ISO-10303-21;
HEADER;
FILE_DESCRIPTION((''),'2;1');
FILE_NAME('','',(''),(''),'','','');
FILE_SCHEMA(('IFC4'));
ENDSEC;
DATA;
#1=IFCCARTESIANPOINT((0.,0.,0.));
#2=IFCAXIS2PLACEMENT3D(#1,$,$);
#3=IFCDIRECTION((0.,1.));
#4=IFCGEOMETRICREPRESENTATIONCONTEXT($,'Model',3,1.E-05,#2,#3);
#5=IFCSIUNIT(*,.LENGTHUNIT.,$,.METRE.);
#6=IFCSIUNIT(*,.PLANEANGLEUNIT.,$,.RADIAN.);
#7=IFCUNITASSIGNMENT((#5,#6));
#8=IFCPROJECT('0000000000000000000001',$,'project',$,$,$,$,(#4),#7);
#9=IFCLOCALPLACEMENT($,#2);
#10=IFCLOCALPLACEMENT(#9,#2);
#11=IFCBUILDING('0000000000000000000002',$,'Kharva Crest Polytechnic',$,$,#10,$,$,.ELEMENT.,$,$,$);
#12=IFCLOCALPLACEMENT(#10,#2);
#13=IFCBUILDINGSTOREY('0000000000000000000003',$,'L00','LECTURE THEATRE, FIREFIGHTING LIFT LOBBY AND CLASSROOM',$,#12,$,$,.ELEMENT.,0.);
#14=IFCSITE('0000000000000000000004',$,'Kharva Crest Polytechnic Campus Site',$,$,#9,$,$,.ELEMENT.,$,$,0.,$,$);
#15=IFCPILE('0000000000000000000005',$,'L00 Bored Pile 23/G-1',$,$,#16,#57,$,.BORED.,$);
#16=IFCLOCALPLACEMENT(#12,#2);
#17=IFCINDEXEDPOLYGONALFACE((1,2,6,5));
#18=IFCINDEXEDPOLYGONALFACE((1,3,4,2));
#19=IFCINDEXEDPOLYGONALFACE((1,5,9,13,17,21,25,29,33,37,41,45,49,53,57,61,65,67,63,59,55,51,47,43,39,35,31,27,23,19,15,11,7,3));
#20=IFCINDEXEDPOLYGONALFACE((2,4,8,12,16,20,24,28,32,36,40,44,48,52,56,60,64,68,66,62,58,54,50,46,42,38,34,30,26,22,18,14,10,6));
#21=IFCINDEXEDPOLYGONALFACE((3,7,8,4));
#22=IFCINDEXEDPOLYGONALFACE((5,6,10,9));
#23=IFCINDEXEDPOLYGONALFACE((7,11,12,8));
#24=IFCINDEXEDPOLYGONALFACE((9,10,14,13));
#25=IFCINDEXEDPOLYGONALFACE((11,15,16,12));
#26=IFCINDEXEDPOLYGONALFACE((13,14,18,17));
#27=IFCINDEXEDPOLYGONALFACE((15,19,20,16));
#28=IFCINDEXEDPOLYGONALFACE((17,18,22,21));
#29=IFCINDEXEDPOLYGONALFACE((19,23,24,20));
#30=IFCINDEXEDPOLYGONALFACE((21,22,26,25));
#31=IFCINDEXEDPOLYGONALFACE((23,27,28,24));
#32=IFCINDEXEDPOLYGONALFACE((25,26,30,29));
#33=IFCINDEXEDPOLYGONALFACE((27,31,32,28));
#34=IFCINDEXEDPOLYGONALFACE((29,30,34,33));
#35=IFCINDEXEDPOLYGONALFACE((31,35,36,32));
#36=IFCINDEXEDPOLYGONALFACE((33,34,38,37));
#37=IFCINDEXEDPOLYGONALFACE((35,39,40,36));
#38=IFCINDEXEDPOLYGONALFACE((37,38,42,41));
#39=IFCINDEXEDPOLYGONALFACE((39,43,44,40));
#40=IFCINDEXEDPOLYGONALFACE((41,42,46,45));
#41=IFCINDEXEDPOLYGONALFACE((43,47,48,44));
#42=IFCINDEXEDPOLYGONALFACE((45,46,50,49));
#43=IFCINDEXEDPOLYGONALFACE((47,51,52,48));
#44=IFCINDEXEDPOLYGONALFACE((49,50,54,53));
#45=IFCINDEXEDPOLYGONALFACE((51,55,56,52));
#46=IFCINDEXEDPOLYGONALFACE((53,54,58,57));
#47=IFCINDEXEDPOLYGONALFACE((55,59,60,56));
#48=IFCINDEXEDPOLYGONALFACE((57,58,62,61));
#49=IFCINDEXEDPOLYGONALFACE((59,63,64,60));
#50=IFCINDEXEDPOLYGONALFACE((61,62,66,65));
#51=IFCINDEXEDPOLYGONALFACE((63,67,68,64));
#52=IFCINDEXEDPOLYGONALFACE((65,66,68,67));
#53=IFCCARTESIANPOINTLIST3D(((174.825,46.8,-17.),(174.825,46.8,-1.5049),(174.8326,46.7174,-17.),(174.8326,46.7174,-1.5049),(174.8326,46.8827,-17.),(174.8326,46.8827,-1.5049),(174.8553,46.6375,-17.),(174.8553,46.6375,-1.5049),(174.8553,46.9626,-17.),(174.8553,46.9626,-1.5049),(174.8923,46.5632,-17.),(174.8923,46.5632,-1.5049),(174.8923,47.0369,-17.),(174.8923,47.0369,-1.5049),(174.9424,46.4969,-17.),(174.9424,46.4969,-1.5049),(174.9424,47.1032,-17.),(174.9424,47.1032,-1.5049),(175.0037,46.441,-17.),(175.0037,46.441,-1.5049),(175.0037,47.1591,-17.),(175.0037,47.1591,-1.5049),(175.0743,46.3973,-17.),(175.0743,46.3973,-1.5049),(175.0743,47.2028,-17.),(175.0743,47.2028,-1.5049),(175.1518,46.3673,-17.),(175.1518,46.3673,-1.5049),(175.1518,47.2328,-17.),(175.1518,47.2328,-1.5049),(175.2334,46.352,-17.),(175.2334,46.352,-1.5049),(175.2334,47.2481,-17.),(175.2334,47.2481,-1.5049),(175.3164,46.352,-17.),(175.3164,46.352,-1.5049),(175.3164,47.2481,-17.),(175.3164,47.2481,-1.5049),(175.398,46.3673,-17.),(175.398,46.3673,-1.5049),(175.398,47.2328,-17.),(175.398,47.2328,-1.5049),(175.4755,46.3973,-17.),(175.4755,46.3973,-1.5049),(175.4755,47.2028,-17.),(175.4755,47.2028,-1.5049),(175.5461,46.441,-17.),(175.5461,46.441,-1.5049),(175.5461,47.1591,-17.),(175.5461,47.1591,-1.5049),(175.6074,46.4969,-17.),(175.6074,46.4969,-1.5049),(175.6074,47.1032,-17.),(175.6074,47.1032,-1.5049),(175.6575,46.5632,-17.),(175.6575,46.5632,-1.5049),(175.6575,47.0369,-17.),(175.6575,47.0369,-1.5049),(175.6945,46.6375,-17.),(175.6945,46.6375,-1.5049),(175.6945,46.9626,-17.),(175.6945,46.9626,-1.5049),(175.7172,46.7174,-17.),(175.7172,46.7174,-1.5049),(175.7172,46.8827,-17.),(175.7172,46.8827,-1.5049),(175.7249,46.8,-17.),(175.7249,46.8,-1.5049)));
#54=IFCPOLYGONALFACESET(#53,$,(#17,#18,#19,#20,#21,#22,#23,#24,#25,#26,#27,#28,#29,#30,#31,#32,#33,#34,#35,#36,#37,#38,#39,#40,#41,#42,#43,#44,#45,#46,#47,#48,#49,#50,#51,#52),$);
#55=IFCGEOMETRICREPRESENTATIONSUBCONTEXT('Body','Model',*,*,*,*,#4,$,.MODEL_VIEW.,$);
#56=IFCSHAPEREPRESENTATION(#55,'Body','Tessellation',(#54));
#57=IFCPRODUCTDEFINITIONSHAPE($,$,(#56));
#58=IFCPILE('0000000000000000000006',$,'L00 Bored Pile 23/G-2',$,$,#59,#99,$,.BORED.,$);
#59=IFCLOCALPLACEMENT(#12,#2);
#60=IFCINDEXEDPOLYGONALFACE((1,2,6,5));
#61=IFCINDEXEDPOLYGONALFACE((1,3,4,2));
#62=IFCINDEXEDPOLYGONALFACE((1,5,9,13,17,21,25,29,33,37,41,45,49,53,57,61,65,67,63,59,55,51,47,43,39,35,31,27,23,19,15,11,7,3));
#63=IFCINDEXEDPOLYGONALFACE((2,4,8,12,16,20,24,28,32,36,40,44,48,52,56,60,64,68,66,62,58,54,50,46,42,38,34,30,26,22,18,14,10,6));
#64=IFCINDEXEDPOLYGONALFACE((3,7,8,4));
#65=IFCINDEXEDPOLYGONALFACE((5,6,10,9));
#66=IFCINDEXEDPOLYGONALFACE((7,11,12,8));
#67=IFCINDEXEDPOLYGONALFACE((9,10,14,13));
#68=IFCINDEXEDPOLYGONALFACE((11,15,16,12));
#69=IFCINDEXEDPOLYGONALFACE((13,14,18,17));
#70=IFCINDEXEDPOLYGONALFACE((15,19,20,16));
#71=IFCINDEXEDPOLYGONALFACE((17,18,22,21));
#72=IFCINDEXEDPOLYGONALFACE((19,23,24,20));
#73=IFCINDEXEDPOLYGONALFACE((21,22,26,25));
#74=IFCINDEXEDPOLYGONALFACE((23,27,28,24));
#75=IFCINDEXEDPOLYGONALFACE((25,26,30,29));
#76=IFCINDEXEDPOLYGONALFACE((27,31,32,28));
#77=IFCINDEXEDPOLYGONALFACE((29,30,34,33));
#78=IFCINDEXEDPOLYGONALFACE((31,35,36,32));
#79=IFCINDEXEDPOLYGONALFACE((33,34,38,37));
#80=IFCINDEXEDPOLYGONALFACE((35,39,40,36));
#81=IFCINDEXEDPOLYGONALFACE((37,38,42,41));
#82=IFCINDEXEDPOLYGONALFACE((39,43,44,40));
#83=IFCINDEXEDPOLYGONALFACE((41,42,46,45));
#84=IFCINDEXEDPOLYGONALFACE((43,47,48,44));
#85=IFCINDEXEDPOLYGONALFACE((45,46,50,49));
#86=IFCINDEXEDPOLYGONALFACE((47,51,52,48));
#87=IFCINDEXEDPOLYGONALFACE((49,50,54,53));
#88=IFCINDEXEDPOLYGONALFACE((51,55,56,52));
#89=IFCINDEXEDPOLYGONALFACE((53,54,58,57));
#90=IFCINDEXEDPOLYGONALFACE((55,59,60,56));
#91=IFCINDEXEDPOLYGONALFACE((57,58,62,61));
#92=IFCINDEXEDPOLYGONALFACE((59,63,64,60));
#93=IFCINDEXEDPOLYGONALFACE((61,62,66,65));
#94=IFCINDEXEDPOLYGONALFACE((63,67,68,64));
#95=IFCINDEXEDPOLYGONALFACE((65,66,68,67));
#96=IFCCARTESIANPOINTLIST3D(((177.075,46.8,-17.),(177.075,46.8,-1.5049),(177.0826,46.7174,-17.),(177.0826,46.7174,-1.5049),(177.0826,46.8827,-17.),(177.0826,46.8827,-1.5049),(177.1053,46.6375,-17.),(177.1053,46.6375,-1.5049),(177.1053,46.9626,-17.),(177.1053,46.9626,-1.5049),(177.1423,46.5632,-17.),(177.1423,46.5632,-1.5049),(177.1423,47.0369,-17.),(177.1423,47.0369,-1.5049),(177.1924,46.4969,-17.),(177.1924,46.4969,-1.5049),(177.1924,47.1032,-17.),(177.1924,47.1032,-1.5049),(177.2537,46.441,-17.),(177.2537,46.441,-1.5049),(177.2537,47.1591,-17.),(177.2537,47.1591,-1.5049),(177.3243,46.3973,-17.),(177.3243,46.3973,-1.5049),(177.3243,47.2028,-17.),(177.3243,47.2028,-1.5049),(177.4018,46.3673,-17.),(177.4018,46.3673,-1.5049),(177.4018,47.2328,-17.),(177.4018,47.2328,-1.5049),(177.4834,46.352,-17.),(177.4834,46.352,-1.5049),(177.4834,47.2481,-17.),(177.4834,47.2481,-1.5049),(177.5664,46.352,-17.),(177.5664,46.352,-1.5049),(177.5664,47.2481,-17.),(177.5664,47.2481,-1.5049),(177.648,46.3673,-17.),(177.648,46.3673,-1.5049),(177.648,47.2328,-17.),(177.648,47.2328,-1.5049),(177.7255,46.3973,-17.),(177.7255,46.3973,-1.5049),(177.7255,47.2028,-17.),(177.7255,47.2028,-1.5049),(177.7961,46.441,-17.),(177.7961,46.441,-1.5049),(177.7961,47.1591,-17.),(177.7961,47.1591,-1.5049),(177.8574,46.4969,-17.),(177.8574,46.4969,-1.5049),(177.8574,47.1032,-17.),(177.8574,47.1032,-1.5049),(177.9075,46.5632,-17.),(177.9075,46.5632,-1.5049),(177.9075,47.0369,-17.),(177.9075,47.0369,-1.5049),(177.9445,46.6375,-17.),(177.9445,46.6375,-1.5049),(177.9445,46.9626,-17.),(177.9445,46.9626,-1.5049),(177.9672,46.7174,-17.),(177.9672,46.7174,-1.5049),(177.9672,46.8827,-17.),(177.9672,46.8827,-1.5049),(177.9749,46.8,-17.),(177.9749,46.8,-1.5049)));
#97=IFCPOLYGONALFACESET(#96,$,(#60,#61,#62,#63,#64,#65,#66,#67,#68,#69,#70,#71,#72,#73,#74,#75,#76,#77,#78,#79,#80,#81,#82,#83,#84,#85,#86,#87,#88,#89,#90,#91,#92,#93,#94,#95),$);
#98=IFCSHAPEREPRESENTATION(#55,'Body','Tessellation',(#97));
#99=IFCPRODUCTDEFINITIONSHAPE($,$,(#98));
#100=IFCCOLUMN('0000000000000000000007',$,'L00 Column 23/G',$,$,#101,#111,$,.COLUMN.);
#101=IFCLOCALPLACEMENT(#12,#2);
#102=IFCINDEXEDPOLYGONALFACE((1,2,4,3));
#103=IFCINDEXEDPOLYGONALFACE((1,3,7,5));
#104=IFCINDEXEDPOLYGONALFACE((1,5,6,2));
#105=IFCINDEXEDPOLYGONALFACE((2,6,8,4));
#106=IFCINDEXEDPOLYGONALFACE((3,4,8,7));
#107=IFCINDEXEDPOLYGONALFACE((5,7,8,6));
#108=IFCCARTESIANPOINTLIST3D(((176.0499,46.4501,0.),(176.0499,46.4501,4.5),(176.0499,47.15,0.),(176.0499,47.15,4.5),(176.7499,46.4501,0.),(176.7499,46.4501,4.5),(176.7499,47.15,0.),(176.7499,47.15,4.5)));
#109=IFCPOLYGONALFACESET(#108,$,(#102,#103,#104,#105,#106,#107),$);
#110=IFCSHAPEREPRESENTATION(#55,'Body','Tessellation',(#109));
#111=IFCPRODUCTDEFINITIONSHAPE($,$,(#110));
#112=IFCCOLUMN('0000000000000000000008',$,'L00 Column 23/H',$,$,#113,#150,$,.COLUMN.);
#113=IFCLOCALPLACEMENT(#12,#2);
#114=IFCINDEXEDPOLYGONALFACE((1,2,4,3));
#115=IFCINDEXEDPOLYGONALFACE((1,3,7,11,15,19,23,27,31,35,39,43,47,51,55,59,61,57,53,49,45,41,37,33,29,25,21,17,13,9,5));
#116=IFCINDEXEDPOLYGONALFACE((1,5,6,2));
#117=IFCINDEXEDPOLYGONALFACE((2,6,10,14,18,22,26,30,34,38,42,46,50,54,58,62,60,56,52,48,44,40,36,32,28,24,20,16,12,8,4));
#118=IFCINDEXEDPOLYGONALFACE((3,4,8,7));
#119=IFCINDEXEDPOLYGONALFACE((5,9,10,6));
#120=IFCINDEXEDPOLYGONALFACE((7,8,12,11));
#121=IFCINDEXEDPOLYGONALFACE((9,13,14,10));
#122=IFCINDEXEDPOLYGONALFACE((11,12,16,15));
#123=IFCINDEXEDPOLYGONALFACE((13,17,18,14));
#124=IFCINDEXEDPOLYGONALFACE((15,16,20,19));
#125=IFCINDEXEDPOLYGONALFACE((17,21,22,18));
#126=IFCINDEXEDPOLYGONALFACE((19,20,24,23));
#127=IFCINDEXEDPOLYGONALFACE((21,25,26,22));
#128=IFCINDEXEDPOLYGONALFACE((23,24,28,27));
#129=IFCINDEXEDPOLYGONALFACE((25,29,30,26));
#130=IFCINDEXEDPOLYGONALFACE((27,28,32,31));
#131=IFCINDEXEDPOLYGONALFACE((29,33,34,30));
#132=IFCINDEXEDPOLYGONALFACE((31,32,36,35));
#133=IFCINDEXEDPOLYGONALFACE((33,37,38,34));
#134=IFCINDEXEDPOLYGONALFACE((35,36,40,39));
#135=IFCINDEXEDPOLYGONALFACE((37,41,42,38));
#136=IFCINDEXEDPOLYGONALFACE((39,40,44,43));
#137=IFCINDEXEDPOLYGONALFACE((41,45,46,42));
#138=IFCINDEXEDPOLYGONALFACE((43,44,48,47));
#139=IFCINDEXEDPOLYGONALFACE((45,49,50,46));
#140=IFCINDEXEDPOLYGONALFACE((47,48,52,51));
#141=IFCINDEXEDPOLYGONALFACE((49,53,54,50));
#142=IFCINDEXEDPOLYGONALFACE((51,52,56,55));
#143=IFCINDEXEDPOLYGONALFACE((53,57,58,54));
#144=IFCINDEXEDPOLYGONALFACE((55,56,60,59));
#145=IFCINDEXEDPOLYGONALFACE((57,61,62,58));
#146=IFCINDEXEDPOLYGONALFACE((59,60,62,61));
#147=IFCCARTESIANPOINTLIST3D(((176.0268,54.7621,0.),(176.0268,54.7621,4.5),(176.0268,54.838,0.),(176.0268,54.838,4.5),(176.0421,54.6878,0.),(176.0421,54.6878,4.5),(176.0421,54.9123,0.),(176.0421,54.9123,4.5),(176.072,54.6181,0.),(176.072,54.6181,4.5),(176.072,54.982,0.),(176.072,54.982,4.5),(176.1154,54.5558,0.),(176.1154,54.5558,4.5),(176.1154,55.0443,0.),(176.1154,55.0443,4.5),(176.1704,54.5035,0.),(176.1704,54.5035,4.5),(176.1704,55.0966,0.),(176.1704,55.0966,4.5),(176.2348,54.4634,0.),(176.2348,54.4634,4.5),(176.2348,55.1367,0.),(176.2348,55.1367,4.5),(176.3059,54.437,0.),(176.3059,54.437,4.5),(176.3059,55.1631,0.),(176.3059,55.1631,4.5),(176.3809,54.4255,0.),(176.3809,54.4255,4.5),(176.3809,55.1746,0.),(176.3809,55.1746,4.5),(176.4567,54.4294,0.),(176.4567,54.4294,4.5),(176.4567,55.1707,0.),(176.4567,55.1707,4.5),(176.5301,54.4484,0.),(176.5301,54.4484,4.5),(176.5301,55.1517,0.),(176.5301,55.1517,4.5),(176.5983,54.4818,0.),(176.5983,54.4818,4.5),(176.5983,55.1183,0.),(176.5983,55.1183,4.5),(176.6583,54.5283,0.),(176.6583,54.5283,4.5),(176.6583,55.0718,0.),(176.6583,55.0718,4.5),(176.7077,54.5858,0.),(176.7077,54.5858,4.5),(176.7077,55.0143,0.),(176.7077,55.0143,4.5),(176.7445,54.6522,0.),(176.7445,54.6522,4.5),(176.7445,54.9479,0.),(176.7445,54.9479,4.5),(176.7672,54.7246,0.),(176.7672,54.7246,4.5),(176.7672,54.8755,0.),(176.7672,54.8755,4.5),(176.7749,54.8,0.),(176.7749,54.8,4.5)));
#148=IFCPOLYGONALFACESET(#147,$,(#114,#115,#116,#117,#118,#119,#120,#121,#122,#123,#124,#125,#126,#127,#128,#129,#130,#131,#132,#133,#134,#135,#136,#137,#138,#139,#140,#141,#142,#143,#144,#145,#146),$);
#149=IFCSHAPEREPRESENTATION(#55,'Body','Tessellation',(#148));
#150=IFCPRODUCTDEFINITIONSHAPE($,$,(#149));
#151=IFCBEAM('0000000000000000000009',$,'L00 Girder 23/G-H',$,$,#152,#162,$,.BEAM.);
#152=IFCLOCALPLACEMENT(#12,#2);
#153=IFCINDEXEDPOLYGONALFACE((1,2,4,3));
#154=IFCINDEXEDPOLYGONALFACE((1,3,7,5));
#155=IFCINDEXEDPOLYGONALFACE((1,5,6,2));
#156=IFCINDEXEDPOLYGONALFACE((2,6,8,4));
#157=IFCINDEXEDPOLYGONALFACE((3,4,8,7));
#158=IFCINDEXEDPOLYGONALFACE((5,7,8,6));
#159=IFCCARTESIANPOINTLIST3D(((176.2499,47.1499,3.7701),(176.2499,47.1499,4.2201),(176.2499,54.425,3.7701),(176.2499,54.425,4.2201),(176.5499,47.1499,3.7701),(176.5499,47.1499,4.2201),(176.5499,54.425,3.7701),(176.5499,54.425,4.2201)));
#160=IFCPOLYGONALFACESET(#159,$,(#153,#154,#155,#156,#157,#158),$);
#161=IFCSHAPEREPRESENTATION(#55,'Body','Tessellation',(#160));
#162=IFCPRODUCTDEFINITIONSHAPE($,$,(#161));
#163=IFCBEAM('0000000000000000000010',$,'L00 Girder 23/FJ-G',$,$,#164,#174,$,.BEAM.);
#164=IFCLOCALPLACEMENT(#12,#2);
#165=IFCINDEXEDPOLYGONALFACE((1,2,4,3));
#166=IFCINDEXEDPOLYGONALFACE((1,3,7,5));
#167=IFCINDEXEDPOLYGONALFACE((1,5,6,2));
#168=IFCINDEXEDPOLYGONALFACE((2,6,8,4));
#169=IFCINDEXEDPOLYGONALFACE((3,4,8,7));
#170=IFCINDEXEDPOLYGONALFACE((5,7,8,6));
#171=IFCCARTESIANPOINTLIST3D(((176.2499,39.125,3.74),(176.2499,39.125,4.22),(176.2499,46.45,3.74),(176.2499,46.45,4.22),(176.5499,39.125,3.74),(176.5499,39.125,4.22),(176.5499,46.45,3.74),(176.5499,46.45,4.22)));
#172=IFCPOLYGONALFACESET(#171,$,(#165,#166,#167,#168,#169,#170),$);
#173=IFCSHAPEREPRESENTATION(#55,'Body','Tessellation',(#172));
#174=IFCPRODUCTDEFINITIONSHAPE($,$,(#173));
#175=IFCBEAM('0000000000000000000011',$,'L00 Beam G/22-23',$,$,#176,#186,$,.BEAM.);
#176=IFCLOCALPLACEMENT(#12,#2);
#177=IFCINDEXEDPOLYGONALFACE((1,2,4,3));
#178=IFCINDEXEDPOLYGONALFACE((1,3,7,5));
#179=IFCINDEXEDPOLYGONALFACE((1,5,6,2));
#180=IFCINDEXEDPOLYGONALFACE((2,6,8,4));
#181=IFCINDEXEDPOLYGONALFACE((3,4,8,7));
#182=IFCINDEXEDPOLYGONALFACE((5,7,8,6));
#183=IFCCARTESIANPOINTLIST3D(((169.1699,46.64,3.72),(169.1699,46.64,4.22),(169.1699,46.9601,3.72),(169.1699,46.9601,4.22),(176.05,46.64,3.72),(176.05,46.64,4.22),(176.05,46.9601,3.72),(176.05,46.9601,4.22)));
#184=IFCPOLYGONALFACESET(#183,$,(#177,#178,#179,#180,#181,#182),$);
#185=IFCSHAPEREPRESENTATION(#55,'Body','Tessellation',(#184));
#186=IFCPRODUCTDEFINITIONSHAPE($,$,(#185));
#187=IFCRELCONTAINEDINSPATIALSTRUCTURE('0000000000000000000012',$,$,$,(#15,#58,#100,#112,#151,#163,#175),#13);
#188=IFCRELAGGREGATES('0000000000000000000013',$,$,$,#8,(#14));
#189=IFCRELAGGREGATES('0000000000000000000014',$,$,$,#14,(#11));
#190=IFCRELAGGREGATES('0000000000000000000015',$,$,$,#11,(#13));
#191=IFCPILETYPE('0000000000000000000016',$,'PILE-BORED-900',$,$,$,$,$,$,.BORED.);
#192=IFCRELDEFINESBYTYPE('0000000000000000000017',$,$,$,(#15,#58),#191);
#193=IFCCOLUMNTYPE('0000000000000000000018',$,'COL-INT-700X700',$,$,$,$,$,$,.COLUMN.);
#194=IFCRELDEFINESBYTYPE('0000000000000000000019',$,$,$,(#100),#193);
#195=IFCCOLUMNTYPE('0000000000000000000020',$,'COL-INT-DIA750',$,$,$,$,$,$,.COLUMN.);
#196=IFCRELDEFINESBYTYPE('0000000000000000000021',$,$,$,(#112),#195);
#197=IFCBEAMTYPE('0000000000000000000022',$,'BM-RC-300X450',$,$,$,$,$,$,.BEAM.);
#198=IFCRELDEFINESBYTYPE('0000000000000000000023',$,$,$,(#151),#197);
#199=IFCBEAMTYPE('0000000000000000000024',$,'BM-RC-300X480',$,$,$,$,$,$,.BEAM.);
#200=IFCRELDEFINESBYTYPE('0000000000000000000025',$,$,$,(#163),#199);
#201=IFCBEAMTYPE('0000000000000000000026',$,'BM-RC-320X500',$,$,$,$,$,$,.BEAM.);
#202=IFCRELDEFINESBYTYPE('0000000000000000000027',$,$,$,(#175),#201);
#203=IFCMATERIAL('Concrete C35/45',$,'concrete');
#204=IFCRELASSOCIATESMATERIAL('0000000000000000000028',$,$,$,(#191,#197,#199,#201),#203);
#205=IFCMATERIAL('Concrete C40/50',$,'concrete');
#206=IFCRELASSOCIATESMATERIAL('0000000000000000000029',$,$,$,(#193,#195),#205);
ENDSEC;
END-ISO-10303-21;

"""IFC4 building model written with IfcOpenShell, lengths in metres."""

from ifc_helpers import new_model, si_unit, direction, frame, origin, origin_2d, place, context, subcontext, project, spatial, rectangle, circle, extrude, material, material_profile, profile_set, type_object, element, save


model = new_model("IFC4")

# Units and contexts
model_context = context("Model", 3, precision=1e-05, world=origin(), true_north=direction((0.0, 1.0)))
body_context = subcontext(model_context, "Body", "Model", "MODEL_VIEW")
ifc_project = project(units=[si_unit("LENGTHUNIT", "METRE"), si_unit("PLANEANGLEUNIT", "RADIAN")], contexts=[model_context])

# Site, building, storey
site_placement = place(None, origin())
site = spatial("IfcSite", under=ifc_project, at=site_placement, Name="Kharva Crest Polytechnic Campus Site", CompositionType="ELEMENT", RefElevation=0.0)
building_placement = place(site_placement, origin())
building = spatial("IfcBuilding", under=site, at=building_placement, Name="Kharva Crest Polytechnic", CompositionType="ELEMENT")
storey_placement = place(building_placement, origin())
storey = spatial("IfcBuildingStorey", under=building, at=storey_placement, Name="L00", Description="LECTURE THEATRE, FIREFIGHTING LIFT LOBBY AND CLASSROOM", CompositionType="ELEMENT", Elevation=0.0)

# Shared definitions
ifc_material_1 = material(Name="Concrete C35/45", Category="concrete")

# Piles
ifc_material_profile_1 = material_profile(ifc_material_1, circle(Radius=0.45, at=origin_2d()), Name="DIA 900")
ifc_profile_set_1 = profile_set([ifc_material_profile_1], Name="Concrete C35/45")
pile_type_1 = type_object("IfcPileType", Name="PILE-BORED-900", PredefinedType="BORED", material=ifc_profile_set_1)
for number, where, z_axis, x_axis, name in (
    (1, (175.2749, 46.8, -1.5049), (0.0, 0.0, -1.0), (1.0, 0.0, 0.0), "L00 Bored Pile 23/G-1"),
    (2, (177.5249, 46.8, -1.5049), (0.0, 0.0, -1.0), (1.0, 0.0, 0.0), "L00 Bored Pile 23/G-2"),
):
    element("IfcPile", number, at=place(storey_placement, frame(where, z_axis=z_axis, x_axis=x_axis)), inside=storey, type_object=pile_type_1, Name=name, PredefinedType="BORED", context=body_context, shape_type="SweptSolid", body=[
        extrude(circle(Radius=0.45, at=origin_2d()), origin(), (0.0, 0.0, 1.0), 15.4951),
    ])

# Columns
ifc_material_2 = material(Name="Concrete C40/50", Category="concrete")
ifc_material_profile_2 = material_profile(ifc_material_2, rectangle(XDim=0.7, YDim=0.7, at=origin_2d()), Name="RECT 700 X 700")
ifc_profile_set_2 = profile_set([ifc_material_profile_2], Name="Concrete C40/50")
column_type_1 = type_object("IfcColumnType", Name="COL-INT-700X700", PredefinedType="COLUMN", material=ifc_profile_set_2)
column_1_placement = place(storey_placement, frame((176.3999, 46.8, 0.0), z_axis=(0.0, 0.0, 1.0), x_axis=(1.0, 0.0, 0.0)))
element("IfcColumn", 3, at=column_1_placement, inside=storey, type_object=column_type_1, Name="L00 Column 23/G", PredefinedType="COLUMN", context=body_context, shape_type="SweptSolid", body=[
    extrude(rectangle(XDim=0.7, YDim=0.7, at=origin_2d()), origin(), (0.0, 0.0, 1.0), 4.5),
])
ifc_material_profile_3 = material_profile(ifc_material_2, circle(Radius=0.375, at=origin_2d()), Name="DIA 750")
ifc_profile_set_3 = profile_set([ifc_material_profile_3], Name="Concrete C40/50")
column_type_2 = type_object("IfcColumnType", Name="COL-INT-DIA750", PredefinedType="COLUMN", material=ifc_profile_set_3)
column_2_placement = place(storey_placement, frame((176.3999, 54.8, 0.0), z_axis=(0.0, 0.0, 1.0), x_axis=(1.0, 0.0, 0.0)))
element("IfcColumn", 4, at=column_2_placement, inside=storey, type_object=column_type_2, Name="L00 Column 23/H", PredefinedType="COLUMN", context=body_context, shape_type="SweptSolid", body=[
    extrude(circle(Radius=0.375, at=origin_2d()), origin(), (0.0, 0.0, 1.0), 4.5),
])

# Beams
ifc_material_profile_4 = material_profile(ifc_material_1, rectangle(XDim=0.3, YDim=0.45, at=origin_2d()), Name="RECT 300 X 450")
ifc_profile_set_4 = profile_set([ifc_material_profile_4], Name="Concrete C35/45")
beam_type_1 = type_object("IfcBeamType", Name="BM-RC-300X450", PredefinedType="BEAM", material=ifc_profile_set_4)
beam_1_placement = place(storey_placement, frame((176.3999, 47.1499, 3.9951), z_axis=(0.0, 1.0, 0.0), x_axis=(-1.0, 0.0, 0.0)))
element("IfcBeam", 5, at=beam_1_placement, inside=storey, type_object=beam_type_1, Name="L00 Girder 23/G-H", PredefinedType="BEAM", context=body_context, shape_type="SweptSolid", body=[
    extrude(rectangle(XDim=0.3, YDim=0.45, at=origin_2d()), origin(), (0.0, 0.0, 1.0), 7.2751),
])
ifc_material_profile_5 = material_profile(ifc_material_1, rectangle(XDim=0.3, YDim=0.48, at=origin_2d()), Name="RECT 300 X 480")
ifc_profile_set_5 = profile_set([ifc_material_profile_5], Name="Concrete C35/45")
beam_type_2 = type_object("IfcBeamType", Name="BM-RC-300X480", PredefinedType="BEAM", material=ifc_profile_set_5)
beam_2_placement = place(storey_placement, frame((176.3999, 39.125, 3.98), z_axis=(0.0, 1.0, 0.0), x_axis=(-1.0, 0.0, 0.0)))
element("IfcBeam", 6, at=beam_2_placement, inside=storey, type_object=beam_type_2, Name="L00 Girder 23/FJ-G", PredefinedType="BEAM", context=body_context, shape_type="SweptSolid", body=[
    extrude(rectangle(XDim=0.3, YDim=0.48, at=origin_2d()), origin(), (0.0, 0.0, 1.0), 7.325),
])
ifc_material_profile_6 = material_profile(ifc_material_1, rectangle(XDim=0.3201, YDim=0.5, at=origin_2d()), Name="RECT 320 X 500")
ifc_profile_set_6 = profile_set([ifc_material_profile_6], Name="Concrete C35/45")
beam_type_3 = type_object("IfcBeamType", Name="BM-RC-320X500", PredefinedType="BEAM", material=ifc_profile_set_6)
beam_3_placement = place(storey_placement, frame((169.1699, 46.8, 3.97), z_axis=(1.0, 0.0, 0.0), x_axis=(0.0, 1.0, 0.0)))
element("IfcBeam", 7, at=beam_3_placement, inside=storey, type_object=beam_type_3, Name="L00 Beam G/22-23", PredefinedType="BEAM", context=body_context, shape_type="SweptSolid", body=[
    extrude(rectangle(XDim=0.3201, YDim=0.5, at=origin_2d()), origin(), (0.0, 0.0, 1.0), 6.8801),
])

save(model, "model.ifc")
